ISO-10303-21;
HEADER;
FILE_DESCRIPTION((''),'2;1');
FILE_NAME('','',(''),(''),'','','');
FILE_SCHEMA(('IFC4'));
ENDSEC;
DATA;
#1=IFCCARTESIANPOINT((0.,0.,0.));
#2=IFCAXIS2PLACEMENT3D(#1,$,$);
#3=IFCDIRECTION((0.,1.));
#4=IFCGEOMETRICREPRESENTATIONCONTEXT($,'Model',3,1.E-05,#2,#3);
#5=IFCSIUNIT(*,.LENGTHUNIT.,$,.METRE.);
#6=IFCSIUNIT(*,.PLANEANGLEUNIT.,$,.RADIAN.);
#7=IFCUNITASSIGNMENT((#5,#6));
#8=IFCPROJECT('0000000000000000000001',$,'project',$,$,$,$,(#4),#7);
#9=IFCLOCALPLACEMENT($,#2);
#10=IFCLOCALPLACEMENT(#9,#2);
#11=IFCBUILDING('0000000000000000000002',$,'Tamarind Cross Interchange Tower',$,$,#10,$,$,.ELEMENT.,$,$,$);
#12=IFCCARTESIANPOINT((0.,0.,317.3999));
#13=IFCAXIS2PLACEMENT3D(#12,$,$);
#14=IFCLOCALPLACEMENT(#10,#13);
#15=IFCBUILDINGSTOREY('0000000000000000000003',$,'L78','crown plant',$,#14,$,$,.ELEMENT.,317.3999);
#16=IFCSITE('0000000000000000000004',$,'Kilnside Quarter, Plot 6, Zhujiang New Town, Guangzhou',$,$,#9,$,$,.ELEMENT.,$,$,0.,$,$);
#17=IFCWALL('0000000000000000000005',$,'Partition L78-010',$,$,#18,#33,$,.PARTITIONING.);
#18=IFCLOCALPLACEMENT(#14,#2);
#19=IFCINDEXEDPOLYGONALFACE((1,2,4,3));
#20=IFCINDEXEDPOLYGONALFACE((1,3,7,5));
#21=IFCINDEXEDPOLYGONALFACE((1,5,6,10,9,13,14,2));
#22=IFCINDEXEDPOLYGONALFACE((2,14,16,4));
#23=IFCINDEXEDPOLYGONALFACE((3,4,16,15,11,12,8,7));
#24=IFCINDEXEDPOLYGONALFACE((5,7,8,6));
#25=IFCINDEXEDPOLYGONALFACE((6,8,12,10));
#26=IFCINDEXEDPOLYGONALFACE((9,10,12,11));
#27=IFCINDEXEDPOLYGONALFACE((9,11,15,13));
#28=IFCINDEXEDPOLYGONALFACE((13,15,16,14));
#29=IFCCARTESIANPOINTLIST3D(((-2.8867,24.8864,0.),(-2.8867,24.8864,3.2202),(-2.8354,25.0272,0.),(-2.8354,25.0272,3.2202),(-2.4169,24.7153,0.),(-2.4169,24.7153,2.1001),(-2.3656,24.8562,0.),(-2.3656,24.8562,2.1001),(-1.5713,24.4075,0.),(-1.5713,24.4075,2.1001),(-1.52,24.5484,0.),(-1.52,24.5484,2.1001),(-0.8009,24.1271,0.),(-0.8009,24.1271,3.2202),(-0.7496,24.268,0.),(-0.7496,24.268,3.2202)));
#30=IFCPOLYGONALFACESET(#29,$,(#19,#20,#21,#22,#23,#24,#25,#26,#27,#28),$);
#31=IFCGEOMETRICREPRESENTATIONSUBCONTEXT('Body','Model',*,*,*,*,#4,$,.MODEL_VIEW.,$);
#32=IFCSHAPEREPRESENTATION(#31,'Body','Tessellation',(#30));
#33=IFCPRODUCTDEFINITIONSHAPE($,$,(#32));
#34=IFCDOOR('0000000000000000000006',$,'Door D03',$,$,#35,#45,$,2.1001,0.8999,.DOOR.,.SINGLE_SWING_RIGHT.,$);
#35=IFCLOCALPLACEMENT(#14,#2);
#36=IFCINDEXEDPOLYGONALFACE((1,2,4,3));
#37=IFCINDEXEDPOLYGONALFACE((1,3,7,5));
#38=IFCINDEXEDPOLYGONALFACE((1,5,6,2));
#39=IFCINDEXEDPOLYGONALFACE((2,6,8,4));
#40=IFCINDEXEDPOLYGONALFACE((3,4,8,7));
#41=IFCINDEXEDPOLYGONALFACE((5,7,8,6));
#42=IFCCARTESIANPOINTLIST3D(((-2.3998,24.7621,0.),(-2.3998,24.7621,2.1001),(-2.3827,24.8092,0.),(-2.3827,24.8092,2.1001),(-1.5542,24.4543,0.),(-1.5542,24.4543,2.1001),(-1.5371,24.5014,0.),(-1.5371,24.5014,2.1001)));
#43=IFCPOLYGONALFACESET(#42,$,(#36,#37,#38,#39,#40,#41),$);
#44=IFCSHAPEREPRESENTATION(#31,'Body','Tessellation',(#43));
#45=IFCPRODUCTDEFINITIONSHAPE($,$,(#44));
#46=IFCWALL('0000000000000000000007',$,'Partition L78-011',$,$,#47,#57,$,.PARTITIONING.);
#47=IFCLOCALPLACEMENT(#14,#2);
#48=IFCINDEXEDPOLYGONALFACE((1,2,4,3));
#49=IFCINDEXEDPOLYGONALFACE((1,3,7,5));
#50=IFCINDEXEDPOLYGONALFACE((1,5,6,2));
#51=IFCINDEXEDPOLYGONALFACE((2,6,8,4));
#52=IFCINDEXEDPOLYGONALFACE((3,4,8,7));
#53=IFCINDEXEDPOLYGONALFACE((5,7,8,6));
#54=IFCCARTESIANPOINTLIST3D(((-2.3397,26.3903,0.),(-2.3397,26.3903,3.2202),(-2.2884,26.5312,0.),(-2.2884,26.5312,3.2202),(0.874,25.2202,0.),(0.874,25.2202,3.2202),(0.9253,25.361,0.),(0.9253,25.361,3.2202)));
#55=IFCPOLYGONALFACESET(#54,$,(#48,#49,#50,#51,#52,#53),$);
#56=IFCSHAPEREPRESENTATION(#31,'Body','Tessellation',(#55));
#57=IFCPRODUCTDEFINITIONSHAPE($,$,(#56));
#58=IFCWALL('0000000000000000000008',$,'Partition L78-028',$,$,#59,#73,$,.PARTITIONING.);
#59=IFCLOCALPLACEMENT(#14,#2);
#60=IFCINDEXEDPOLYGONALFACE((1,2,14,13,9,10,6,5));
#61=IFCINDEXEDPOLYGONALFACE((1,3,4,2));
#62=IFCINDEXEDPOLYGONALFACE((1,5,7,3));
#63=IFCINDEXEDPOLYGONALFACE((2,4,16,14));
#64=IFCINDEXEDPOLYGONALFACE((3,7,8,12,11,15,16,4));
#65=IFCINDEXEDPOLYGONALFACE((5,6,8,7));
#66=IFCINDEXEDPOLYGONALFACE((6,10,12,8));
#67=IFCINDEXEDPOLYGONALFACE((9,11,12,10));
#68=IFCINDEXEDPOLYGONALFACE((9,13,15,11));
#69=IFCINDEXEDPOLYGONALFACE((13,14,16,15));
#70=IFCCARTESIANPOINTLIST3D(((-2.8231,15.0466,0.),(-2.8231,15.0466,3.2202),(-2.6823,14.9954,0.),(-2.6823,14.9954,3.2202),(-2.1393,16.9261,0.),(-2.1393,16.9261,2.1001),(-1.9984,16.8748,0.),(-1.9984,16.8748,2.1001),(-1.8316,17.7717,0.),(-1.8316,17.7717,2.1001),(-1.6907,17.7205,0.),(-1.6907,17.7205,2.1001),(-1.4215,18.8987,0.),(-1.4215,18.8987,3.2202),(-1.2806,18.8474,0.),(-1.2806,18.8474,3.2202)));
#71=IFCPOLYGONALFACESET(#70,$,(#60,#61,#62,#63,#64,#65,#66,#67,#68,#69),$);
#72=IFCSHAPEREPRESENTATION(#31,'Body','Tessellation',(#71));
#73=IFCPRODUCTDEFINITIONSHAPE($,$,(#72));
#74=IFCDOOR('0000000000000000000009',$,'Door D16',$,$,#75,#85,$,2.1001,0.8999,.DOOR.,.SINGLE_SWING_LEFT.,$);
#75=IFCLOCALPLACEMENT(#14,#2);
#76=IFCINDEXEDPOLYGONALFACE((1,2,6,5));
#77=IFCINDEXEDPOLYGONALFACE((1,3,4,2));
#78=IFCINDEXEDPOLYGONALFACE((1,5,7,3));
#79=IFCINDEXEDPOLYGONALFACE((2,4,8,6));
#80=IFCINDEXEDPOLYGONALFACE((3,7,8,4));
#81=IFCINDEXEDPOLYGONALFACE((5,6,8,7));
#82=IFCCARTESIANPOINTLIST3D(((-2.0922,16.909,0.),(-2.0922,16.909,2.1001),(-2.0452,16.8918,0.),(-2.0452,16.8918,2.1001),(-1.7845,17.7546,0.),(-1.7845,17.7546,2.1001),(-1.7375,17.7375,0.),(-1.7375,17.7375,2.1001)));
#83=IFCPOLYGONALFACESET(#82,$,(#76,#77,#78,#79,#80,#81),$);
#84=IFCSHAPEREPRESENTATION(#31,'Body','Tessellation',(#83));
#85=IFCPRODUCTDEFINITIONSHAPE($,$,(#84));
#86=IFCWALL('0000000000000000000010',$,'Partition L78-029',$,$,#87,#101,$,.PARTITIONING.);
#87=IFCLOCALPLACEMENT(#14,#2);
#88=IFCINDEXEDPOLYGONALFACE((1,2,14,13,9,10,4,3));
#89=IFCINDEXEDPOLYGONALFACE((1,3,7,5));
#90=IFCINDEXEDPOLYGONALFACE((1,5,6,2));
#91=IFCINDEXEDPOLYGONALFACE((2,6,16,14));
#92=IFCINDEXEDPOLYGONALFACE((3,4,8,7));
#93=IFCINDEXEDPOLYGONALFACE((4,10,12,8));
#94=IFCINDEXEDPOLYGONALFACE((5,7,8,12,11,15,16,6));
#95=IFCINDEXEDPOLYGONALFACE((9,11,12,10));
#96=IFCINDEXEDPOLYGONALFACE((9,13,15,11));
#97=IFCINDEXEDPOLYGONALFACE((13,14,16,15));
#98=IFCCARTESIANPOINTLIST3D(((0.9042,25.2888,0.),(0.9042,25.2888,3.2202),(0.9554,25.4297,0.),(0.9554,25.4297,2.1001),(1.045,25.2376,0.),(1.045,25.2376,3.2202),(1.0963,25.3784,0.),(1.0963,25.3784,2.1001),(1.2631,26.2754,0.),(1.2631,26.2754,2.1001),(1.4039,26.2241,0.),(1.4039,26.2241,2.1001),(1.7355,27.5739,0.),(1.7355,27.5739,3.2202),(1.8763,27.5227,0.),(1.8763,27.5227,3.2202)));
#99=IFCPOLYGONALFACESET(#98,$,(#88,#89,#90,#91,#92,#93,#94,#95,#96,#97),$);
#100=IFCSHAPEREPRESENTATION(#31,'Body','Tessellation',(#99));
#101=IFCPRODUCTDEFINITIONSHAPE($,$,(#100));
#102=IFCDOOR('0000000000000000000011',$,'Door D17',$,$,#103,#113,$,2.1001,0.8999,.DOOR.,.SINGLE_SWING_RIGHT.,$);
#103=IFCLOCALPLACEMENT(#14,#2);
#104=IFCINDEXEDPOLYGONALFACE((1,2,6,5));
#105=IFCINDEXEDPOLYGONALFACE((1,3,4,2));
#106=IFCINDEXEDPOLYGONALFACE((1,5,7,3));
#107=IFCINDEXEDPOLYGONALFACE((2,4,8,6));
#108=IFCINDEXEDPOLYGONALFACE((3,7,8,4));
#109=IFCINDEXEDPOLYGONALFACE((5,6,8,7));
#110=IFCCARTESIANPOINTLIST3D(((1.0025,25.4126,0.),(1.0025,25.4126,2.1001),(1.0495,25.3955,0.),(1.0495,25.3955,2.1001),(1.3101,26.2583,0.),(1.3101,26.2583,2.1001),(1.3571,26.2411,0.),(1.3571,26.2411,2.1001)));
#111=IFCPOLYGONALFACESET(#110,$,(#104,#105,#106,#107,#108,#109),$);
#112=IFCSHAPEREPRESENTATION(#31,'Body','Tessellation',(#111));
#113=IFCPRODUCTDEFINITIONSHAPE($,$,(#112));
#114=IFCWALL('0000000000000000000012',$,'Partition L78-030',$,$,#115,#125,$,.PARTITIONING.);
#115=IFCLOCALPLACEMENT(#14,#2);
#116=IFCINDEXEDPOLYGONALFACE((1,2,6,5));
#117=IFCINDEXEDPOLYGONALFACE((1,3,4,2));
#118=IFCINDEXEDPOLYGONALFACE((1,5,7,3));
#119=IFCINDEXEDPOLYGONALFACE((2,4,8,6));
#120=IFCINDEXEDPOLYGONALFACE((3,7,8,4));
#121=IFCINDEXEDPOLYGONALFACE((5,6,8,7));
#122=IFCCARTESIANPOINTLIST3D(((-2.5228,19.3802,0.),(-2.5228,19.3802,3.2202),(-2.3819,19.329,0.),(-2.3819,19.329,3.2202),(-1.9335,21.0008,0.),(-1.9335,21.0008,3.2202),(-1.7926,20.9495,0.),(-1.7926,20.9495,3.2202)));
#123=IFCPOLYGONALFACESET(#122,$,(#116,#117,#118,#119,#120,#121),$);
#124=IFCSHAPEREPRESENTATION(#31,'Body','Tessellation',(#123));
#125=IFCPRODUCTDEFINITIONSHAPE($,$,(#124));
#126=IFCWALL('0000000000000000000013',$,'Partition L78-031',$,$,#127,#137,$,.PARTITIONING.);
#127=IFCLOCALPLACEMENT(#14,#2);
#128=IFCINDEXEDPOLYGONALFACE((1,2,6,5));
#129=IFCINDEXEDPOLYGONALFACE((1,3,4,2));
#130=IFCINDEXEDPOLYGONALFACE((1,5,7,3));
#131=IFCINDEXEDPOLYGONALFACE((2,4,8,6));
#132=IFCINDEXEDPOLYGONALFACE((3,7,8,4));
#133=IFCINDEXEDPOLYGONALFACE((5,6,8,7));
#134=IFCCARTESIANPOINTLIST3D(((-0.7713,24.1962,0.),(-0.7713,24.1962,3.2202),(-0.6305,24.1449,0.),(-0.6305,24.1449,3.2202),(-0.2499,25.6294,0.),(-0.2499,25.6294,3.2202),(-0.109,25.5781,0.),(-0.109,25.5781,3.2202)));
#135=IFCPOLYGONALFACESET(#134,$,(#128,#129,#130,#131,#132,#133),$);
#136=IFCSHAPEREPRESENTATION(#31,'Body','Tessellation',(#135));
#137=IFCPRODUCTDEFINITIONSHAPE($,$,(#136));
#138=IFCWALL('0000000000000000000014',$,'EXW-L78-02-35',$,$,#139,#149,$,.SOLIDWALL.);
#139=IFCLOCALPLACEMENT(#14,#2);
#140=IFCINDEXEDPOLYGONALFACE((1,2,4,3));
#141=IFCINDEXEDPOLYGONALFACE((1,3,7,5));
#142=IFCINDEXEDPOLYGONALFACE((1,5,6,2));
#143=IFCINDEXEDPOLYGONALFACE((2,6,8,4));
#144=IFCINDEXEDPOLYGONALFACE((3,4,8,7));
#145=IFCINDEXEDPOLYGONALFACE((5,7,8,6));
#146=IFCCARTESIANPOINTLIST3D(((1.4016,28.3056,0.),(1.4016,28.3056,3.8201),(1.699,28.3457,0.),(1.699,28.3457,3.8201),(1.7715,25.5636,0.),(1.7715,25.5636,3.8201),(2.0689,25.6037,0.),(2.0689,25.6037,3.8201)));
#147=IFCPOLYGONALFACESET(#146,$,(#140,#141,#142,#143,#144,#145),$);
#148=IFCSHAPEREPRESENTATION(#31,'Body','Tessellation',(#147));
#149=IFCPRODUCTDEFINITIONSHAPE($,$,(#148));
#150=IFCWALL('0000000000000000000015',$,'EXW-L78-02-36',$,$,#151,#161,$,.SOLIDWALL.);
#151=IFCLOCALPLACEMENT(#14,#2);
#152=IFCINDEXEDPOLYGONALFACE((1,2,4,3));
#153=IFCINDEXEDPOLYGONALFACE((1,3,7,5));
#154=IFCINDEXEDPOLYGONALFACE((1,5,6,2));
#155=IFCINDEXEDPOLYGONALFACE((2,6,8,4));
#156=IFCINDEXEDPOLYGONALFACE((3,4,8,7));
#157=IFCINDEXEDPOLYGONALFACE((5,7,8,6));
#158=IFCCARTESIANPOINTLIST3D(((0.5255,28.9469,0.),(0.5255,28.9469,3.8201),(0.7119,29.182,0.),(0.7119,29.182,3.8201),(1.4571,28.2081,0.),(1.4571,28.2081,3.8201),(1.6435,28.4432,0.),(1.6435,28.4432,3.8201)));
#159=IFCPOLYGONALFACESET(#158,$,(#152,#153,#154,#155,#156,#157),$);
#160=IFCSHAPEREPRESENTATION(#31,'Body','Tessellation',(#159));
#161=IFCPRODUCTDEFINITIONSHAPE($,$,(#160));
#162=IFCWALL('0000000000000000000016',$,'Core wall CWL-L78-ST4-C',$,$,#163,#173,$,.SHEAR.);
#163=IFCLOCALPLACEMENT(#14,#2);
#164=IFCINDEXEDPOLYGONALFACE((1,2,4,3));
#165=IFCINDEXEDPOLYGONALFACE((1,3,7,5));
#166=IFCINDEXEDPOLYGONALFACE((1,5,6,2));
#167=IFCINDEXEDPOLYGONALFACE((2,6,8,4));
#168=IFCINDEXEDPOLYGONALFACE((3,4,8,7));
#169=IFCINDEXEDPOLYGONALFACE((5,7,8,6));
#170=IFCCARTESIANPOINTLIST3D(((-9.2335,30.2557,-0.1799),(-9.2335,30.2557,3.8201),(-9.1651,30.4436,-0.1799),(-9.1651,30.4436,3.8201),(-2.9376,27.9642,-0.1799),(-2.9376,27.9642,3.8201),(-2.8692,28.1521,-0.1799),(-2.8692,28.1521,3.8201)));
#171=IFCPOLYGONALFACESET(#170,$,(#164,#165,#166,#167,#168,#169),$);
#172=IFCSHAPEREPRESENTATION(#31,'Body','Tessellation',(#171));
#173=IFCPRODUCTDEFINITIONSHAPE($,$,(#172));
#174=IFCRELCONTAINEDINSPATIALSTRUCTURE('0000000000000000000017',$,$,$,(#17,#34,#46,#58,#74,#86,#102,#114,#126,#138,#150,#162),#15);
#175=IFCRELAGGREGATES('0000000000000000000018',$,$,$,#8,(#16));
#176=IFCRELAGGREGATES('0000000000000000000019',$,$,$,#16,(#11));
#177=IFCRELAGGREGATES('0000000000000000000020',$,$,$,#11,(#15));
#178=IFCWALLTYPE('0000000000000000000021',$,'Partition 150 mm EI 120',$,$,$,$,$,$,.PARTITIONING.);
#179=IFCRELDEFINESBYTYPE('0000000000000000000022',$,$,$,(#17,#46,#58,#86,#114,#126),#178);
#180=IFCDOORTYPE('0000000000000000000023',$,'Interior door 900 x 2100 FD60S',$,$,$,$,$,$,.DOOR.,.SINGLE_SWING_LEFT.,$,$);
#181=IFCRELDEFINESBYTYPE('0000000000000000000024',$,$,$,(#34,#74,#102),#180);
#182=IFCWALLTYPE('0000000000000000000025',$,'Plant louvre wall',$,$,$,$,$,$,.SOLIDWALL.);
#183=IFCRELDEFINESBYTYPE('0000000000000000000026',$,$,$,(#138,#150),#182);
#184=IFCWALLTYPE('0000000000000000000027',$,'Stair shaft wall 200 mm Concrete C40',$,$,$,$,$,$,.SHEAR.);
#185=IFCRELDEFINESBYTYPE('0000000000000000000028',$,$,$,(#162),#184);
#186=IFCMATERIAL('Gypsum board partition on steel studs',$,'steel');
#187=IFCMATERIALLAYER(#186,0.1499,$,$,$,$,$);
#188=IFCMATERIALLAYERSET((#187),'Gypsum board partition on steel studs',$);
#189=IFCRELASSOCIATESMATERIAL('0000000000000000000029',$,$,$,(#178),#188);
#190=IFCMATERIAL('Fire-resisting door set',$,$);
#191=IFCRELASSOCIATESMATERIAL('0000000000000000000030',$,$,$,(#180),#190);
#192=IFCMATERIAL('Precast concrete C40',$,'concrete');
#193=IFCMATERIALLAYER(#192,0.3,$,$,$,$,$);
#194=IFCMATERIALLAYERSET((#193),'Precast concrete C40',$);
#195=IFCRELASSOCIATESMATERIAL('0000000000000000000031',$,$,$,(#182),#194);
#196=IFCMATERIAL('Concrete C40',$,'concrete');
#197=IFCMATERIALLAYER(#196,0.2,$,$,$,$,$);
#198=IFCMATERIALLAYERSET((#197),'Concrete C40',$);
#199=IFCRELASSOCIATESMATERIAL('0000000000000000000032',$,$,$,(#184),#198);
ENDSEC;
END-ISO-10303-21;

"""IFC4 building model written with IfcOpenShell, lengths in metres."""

from ifc_helpers import new_model, si_unit, direction, frame, frame_2d, origin, place, context, subcontext, project, spatial, rectangle, extrude, material, layer, layer_set, type_object, element, fill, save


model = new_model("IFC4")

# Units and contexts
model_context = context("Model", 3, precision=1e-05, world=origin(), true_north=direction((0.0, 1.0)))
body_context = subcontext(model_context, "Body", "Model", "MODEL_VIEW")
ifc_project = project(units=[si_unit("LENGTHUNIT", "METRE"), si_unit("PLANEANGLEUNIT", "RADIAN")], contexts=[model_context])

# Site, building, storey
site_placement = place(None, origin())
site = spatial("IfcSite", under=ifc_project, at=site_placement, Name="Kilnside Quarter, Plot 6, Zhujiang New Town, Guangzhou", CompositionType="ELEMENT", RefElevation=0.0)
building_placement = place(site_placement, origin())
building = spatial("IfcBuilding", under=site, at=building_placement, Name="Tamarind Cross Interchange Tower", CompositionType="ELEMENT")
storey_placement = place(building_placement, frame((0.0, 0.0, 317.3999)))
storey = spatial("IfcBuildingStorey", under=building, at=storey_placement, Name="L78", Description="crown plant", CompositionType="ELEMENT", Elevation=317.3999)

# Wall, opening, door
ifc_material_1 = material(Name="Gypsum board partition on steel studs", Category="steel")
ifc_layer_1 = layer(ifc_material_1, 0.1499)
ifc_layer_set_1 = layer_set([ifc_layer_1], Name="Gypsum board partition on steel studs")
wall_type_1 = type_object("IfcWallType", Name="Partition 150 mm EI 120", PredefinedType="PARTITIONING", material=ifc_layer_set_1)
wall_1_placement = place(storey_placement, frame((-2.8611, 24.9568, 0.0), z_axis=(0.0, 0.0, 1.0), x_axis=(0.939684, -0.342043, 0.0)))
wall_1 = element("IfcWall", 1, at=wall_1_placement, inside=storey, type_object=wall_type_1, Name="Partition L78-010", PredefinedType="PARTITIONING", context=body_context, shape_type="SweptSolid", body=[
    extrude(rectangle(XDim=2.2197, YDim=0.1499, at=frame_2d((1.1099, 0.0))), origin(), (0.0, 0.0, 1.0), 3.2202),
])
opening_1_placement = place(wall_1_placement, frame((0.5, 0.0, 0.0)))
opening_1 = element("IfcOpeningElement", 2, at=opening_1_placement, cuts=wall_1, PredefinedType="OPENING", context=body_context, shape_type="SweptSolid", body=[
    extrude(rectangle(XDim=0.8999, YDim=2.1001, at=frame_2d((0.45, 1.05))), frame((0.0, 0.085, 0.0), z_axis=(0.0, -1.0, 0.0), x_axis=(1.0, 0.0, 0.0)), (0.0, 0.0, 1.0), 0.1699),
])
ifc_material_2 = material(Name="Fire-resisting door set")
door_type = type_object("IfcDoorType", Name="Interior door 900 x 2100 FD60S", OperationType="SINGLE_SWING_LEFT", PredefinedType="DOOR", material=ifc_material_2)
door_1_placement = place(opening_1_placement, origin())
door_1 = element("IfcDoor", 3, at=door_1_placement, inside=storey, type_object=door_type, Name="Door D03", OperationType="SINGLE_SWING_RIGHT", OverallHeight=2.1001, OverallWidth=0.8999, PredefinedType="DOOR", context=body_context, shape_type="SweptSolid", body=[
    extrude(rectangle(XDim=0.8999, YDim=2.1001, at=frame_2d((0.45, 1.05))), frame((0.0, 0.0249, 0.0), z_axis=(0.0, -1.0, 0.0), x_axis=(1.0, 0.0, 0.0)), (0.0, 0.0, 1.0), 0.05),
])
fill(opening_1, door_1)

# Wall
wall_2_placement = place(storey_placement, frame((-2.314, 26.4607, 0.0), z_axis=(0.0, 0.0, 1.0), x_axis=(0.939654, -0.342127, 0.0)))
element("IfcWall", 4, at=wall_2_placement, inside=storey, type_object=wall_type_1, Name="Partition L78-011", PredefinedType="PARTITIONING", context=body_context, shape_type="SweptSolid", body=[
    extrude(rectangle(XDim=3.4202, YDim=0.1499, at=frame_2d((1.71, 0.0))), origin(), (0.0, 0.0, 1.0), 3.2202),
])

# Walls, openings, doors
wall_3_placement = place(storey_placement, frame((-2.7527, 15.021, 0.0), z_axis=(0.0, 0.0, 1.0), x_axis=(0.34193, 0.939726, 0.0)))
wall_3 = element("IfcWall", 5, at=wall_3_placement, inside=storey, type_object=wall_type_1, Name="Partition L78-028", PredefinedType="PARTITIONING", context=body_context, shape_type="SweptSolid", body=[
    extrude(rectangle(XDim=4.0991, YDim=0.1499, at=frame_2d((2.0496, 0.0))), origin(), (0.0, 0.0, 1.0), 3.2202),
])
opening_2_placement = place(wall_3_placement, frame((2.0, 0.0, 0.0)))
opening_2 = element("IfcOpeningElement", 6, at=opening_2_placement, cuts=wall_3, PredefinedType="OPENING", context=body_context, shape_type="SweptSolid", body=[
    extrude(rectangle(XDim=0.8999, YDim=2.1001, at=frame_2d((0.45, 1.05))), frame((0.0, 0.085, 0.0), z_axis=(0.0, -1.0, 0.0), x_axis=(1.0, 0.0, 0.0)), (0.0, 0.0, 1.0), 0.1699),
])
door_2_placement = place(opening_2_placement, origin())
door_2 = element("IfcDoor", 7, at=door_2_placement, inside=storey, type_object=door_type, Name="Door D16", OperationType="SINGLE_SWING_LEFT", OverallHeight=2.1001, OverallWidth=0.8999, PredefinedType="DOOR", context=body_context, shape_type="SweptSolid", body=[
    extrude(rectangle(XDim=0.8999, YDim=2.1001, at=frame_2d((0.45, 1.05))), frame((0.0, 0.0249, 0.0), z_axis=(0.0, -1.0, 0.0), x_axis=(1.0, 0.0, 0.0)), (0.0, 0.0, 1.0), 0.05),
])
fill(opening_2, door_2)
wall_4_placement = place(storey_placement, frame((0.9746, 25.2632, 0.0), z_axis=(0.0, 0.0, 1.0), x_axis=(0.341864, 0.939749, 0.0)))
wall_4 = element("IfcWall", 8, at=wall_4_placement, inside=storey, type_object=wall_type_1, Name="Partition L78-029", PredefinedType="PARTITIONING", context=body_context, shape_type="SweptSolid", body=[
    extrude(rectangle(XDim=2.4316, YDim=0.1499, at=frame_2d((1.2158, 0.0))), origin(), (0.0, 0.0, 1.0), 3.2202),
])
opening_3_placement = place(wall_4_placement, frame((0.1499, 0.0, 0.0)))
opening_3 = element("IfcOpeningElement", 9, at=opening_3_placement, cuts=wall_4, PredefinedType="OPENING", context=body_context, shape_type="SweptSolid", body=[
    extrude(rectangle(XDim=0.8999, YDim=2.1001, at=frame_2d((0.45, 1.05))), frame((0.0, 0.085, 0.0), z_axis=(0.0, -1.0, 0.0), x_axis=(1.0, 0.0, 0.0)), (0.0, 0.0, 1.0), 0.1699),
])
door_3_placement = place(opening_3_placement, origin())
door_3 = element("IfcDoor", 10, at=door_3_placement, inside=storey, type_object=door_type, Name="Door D17", OperationType="SINGLE_SWING_RIGHT", OverallHeight=2.1001, OverallWidth=0.8999, PredefinedType="DOOR", context=body_context, shape_type="SweptSolid", body=[
    extrude(rectangle(XDim=0.8999, YDim=2.1001, at=frame_2d((0.45, 1.05))), frame((0.0, 0.0249, 0.0), z_axis=(0.0, -1.0, 0.0), x_axis=(1.0, 0.0, 0.0)), (0.0, 0.0, 1.0), 0.05),
])
fill(opening_3, door_3)

# Walls
wall_5_placement = place(storey_placement, frame((-2.4524, 19.3545, 0.0), z_axis=(0.0, 0.0, 1.0), x_axis=(0.341766, 0.939785, 0.0)))
element("IfcWall", 11, at=wall_5_placement, inside=storey, type_object=wall_type_1, Name="Partition L78-030", PredefinedType="PARTITIONING", context=body_context, shape_type="SweptSolid", body=[
    extrude(rectangle(XDim=1.7244, YDim=0.1499, at=frame_2d((0.8623, 0.0))), origin(), (0.0, 0.0, 1.0), 3.2202),
])
wall_6_placement = place(storey_placement, frame((-0.7009, 24.1704, 0.0), z_axis=(0.0, 0.0, 1.0), x_axis=(0.341897, 0.939737, 0.0)))
element("IfcWall", 12, at=wall_6_placement, inside=storey, type_object=wall_type_1, Name="Partition L78-031", PredefinedType="PARTITIONING", context=body_context, shape_type="SweptSolid", body=[
    extrude(rectangle(XDim=1.5251, YDim=0.1499, at=frame_2d((0.7627, 0.0))), origin(), (0.0, 0.0, 1.0), 3.2202),
])

# Shared definitions
ifc_material_3 = material(Name="Precast concrete C40", Category="concrete")
ifc_layer_2 = layer(ifc_material_3, 0.3)
ifc_layer_set_2 = layer_set([ifc_layer_2], Name="Precast concrete C40")
wall_type_2 = type_object("IfcWallType", Name="Plant louvre wall", PredefinedType="SOLIDWALL", material=ifc_layer_set_2)

# Walls
wall_7_placement = place(storey_placement, frame((1.9202, 25.5837, 0.0), z_axis=(0.0, 0.0, 1.0), x_axis=(-0.133684, 0.991024, 0.0)))
element("IfcWall", 13, at=wall_7_placement, inside=storey, type_object=wall_type_2, Name="EXW-L78-02-35", PredefinedType="SOLIDWALL", context=body_context, shape_type="SweptSolid", body=[
    extrude(rectangle(XDim=2.7668, YDim=0.3, at=frame_2d((1.3833, 0.0))), origin(), (0.0, 0.0, 1.0), 3.8201),
])
wall_8_placement = place(storey_placement, frame((1.5503, 28.3257, 0.0), z_axis=(0.0, 0.0, 1.0), x_axis=(-0.783546, 0.621334, 0.0)))
element("IfcWall", 14, at=wall_8_placement, inside=storey, type_object=wall_type_2, Name="EXW-L78-02-36", PredefinedType="SOLIDWALL", context=body_context, shape_type="SweptSolid", body=[
    extrude(rectangle(XDim=1.189, YDim=0.3, at=frame_2d((0.5945, 0.0))), origin(), (0.0, 0.0, 1.0), 3.8201),
])
ifc_material_4 = material(Name="Concrete C40", Category="concrete")
ifc_layer_3 = layer(ifc_material_4, 0.2)
ifc_layer_set_3 = layer_set([ifc_layer_3], Name="Concrete C40")
wall_type_3 = type_object("IfcWallType", Name="Stair shaft wall 200 mm Concrete C40", PredefinedType="SHEAR", material=ifc_layer_set_3)
wall_9_placement = place(storey_placement, frame((-2.9033, 28.0581, -0.1799), z_axis=(0.0, 0.0, 1.0), x_axis=(-0.939693, 0.342018, 0.0)))
element("IfcWall", 15, at=wall_9_placement, inside=storey, type_object=wall_type_3, Name="Core wall CWL-L78-ST4-C", PredefinedType="SHEAR", context=body_context, shape_type="SweptSolid", body=[
    extrude(rectangle(XDim=6.7, YDim=0.2, at=frame_2d((3.3501, 0.0))), origin(), (0.0, 0.0, 1.0), 4.0),
])

save(model, "model.ifc")
